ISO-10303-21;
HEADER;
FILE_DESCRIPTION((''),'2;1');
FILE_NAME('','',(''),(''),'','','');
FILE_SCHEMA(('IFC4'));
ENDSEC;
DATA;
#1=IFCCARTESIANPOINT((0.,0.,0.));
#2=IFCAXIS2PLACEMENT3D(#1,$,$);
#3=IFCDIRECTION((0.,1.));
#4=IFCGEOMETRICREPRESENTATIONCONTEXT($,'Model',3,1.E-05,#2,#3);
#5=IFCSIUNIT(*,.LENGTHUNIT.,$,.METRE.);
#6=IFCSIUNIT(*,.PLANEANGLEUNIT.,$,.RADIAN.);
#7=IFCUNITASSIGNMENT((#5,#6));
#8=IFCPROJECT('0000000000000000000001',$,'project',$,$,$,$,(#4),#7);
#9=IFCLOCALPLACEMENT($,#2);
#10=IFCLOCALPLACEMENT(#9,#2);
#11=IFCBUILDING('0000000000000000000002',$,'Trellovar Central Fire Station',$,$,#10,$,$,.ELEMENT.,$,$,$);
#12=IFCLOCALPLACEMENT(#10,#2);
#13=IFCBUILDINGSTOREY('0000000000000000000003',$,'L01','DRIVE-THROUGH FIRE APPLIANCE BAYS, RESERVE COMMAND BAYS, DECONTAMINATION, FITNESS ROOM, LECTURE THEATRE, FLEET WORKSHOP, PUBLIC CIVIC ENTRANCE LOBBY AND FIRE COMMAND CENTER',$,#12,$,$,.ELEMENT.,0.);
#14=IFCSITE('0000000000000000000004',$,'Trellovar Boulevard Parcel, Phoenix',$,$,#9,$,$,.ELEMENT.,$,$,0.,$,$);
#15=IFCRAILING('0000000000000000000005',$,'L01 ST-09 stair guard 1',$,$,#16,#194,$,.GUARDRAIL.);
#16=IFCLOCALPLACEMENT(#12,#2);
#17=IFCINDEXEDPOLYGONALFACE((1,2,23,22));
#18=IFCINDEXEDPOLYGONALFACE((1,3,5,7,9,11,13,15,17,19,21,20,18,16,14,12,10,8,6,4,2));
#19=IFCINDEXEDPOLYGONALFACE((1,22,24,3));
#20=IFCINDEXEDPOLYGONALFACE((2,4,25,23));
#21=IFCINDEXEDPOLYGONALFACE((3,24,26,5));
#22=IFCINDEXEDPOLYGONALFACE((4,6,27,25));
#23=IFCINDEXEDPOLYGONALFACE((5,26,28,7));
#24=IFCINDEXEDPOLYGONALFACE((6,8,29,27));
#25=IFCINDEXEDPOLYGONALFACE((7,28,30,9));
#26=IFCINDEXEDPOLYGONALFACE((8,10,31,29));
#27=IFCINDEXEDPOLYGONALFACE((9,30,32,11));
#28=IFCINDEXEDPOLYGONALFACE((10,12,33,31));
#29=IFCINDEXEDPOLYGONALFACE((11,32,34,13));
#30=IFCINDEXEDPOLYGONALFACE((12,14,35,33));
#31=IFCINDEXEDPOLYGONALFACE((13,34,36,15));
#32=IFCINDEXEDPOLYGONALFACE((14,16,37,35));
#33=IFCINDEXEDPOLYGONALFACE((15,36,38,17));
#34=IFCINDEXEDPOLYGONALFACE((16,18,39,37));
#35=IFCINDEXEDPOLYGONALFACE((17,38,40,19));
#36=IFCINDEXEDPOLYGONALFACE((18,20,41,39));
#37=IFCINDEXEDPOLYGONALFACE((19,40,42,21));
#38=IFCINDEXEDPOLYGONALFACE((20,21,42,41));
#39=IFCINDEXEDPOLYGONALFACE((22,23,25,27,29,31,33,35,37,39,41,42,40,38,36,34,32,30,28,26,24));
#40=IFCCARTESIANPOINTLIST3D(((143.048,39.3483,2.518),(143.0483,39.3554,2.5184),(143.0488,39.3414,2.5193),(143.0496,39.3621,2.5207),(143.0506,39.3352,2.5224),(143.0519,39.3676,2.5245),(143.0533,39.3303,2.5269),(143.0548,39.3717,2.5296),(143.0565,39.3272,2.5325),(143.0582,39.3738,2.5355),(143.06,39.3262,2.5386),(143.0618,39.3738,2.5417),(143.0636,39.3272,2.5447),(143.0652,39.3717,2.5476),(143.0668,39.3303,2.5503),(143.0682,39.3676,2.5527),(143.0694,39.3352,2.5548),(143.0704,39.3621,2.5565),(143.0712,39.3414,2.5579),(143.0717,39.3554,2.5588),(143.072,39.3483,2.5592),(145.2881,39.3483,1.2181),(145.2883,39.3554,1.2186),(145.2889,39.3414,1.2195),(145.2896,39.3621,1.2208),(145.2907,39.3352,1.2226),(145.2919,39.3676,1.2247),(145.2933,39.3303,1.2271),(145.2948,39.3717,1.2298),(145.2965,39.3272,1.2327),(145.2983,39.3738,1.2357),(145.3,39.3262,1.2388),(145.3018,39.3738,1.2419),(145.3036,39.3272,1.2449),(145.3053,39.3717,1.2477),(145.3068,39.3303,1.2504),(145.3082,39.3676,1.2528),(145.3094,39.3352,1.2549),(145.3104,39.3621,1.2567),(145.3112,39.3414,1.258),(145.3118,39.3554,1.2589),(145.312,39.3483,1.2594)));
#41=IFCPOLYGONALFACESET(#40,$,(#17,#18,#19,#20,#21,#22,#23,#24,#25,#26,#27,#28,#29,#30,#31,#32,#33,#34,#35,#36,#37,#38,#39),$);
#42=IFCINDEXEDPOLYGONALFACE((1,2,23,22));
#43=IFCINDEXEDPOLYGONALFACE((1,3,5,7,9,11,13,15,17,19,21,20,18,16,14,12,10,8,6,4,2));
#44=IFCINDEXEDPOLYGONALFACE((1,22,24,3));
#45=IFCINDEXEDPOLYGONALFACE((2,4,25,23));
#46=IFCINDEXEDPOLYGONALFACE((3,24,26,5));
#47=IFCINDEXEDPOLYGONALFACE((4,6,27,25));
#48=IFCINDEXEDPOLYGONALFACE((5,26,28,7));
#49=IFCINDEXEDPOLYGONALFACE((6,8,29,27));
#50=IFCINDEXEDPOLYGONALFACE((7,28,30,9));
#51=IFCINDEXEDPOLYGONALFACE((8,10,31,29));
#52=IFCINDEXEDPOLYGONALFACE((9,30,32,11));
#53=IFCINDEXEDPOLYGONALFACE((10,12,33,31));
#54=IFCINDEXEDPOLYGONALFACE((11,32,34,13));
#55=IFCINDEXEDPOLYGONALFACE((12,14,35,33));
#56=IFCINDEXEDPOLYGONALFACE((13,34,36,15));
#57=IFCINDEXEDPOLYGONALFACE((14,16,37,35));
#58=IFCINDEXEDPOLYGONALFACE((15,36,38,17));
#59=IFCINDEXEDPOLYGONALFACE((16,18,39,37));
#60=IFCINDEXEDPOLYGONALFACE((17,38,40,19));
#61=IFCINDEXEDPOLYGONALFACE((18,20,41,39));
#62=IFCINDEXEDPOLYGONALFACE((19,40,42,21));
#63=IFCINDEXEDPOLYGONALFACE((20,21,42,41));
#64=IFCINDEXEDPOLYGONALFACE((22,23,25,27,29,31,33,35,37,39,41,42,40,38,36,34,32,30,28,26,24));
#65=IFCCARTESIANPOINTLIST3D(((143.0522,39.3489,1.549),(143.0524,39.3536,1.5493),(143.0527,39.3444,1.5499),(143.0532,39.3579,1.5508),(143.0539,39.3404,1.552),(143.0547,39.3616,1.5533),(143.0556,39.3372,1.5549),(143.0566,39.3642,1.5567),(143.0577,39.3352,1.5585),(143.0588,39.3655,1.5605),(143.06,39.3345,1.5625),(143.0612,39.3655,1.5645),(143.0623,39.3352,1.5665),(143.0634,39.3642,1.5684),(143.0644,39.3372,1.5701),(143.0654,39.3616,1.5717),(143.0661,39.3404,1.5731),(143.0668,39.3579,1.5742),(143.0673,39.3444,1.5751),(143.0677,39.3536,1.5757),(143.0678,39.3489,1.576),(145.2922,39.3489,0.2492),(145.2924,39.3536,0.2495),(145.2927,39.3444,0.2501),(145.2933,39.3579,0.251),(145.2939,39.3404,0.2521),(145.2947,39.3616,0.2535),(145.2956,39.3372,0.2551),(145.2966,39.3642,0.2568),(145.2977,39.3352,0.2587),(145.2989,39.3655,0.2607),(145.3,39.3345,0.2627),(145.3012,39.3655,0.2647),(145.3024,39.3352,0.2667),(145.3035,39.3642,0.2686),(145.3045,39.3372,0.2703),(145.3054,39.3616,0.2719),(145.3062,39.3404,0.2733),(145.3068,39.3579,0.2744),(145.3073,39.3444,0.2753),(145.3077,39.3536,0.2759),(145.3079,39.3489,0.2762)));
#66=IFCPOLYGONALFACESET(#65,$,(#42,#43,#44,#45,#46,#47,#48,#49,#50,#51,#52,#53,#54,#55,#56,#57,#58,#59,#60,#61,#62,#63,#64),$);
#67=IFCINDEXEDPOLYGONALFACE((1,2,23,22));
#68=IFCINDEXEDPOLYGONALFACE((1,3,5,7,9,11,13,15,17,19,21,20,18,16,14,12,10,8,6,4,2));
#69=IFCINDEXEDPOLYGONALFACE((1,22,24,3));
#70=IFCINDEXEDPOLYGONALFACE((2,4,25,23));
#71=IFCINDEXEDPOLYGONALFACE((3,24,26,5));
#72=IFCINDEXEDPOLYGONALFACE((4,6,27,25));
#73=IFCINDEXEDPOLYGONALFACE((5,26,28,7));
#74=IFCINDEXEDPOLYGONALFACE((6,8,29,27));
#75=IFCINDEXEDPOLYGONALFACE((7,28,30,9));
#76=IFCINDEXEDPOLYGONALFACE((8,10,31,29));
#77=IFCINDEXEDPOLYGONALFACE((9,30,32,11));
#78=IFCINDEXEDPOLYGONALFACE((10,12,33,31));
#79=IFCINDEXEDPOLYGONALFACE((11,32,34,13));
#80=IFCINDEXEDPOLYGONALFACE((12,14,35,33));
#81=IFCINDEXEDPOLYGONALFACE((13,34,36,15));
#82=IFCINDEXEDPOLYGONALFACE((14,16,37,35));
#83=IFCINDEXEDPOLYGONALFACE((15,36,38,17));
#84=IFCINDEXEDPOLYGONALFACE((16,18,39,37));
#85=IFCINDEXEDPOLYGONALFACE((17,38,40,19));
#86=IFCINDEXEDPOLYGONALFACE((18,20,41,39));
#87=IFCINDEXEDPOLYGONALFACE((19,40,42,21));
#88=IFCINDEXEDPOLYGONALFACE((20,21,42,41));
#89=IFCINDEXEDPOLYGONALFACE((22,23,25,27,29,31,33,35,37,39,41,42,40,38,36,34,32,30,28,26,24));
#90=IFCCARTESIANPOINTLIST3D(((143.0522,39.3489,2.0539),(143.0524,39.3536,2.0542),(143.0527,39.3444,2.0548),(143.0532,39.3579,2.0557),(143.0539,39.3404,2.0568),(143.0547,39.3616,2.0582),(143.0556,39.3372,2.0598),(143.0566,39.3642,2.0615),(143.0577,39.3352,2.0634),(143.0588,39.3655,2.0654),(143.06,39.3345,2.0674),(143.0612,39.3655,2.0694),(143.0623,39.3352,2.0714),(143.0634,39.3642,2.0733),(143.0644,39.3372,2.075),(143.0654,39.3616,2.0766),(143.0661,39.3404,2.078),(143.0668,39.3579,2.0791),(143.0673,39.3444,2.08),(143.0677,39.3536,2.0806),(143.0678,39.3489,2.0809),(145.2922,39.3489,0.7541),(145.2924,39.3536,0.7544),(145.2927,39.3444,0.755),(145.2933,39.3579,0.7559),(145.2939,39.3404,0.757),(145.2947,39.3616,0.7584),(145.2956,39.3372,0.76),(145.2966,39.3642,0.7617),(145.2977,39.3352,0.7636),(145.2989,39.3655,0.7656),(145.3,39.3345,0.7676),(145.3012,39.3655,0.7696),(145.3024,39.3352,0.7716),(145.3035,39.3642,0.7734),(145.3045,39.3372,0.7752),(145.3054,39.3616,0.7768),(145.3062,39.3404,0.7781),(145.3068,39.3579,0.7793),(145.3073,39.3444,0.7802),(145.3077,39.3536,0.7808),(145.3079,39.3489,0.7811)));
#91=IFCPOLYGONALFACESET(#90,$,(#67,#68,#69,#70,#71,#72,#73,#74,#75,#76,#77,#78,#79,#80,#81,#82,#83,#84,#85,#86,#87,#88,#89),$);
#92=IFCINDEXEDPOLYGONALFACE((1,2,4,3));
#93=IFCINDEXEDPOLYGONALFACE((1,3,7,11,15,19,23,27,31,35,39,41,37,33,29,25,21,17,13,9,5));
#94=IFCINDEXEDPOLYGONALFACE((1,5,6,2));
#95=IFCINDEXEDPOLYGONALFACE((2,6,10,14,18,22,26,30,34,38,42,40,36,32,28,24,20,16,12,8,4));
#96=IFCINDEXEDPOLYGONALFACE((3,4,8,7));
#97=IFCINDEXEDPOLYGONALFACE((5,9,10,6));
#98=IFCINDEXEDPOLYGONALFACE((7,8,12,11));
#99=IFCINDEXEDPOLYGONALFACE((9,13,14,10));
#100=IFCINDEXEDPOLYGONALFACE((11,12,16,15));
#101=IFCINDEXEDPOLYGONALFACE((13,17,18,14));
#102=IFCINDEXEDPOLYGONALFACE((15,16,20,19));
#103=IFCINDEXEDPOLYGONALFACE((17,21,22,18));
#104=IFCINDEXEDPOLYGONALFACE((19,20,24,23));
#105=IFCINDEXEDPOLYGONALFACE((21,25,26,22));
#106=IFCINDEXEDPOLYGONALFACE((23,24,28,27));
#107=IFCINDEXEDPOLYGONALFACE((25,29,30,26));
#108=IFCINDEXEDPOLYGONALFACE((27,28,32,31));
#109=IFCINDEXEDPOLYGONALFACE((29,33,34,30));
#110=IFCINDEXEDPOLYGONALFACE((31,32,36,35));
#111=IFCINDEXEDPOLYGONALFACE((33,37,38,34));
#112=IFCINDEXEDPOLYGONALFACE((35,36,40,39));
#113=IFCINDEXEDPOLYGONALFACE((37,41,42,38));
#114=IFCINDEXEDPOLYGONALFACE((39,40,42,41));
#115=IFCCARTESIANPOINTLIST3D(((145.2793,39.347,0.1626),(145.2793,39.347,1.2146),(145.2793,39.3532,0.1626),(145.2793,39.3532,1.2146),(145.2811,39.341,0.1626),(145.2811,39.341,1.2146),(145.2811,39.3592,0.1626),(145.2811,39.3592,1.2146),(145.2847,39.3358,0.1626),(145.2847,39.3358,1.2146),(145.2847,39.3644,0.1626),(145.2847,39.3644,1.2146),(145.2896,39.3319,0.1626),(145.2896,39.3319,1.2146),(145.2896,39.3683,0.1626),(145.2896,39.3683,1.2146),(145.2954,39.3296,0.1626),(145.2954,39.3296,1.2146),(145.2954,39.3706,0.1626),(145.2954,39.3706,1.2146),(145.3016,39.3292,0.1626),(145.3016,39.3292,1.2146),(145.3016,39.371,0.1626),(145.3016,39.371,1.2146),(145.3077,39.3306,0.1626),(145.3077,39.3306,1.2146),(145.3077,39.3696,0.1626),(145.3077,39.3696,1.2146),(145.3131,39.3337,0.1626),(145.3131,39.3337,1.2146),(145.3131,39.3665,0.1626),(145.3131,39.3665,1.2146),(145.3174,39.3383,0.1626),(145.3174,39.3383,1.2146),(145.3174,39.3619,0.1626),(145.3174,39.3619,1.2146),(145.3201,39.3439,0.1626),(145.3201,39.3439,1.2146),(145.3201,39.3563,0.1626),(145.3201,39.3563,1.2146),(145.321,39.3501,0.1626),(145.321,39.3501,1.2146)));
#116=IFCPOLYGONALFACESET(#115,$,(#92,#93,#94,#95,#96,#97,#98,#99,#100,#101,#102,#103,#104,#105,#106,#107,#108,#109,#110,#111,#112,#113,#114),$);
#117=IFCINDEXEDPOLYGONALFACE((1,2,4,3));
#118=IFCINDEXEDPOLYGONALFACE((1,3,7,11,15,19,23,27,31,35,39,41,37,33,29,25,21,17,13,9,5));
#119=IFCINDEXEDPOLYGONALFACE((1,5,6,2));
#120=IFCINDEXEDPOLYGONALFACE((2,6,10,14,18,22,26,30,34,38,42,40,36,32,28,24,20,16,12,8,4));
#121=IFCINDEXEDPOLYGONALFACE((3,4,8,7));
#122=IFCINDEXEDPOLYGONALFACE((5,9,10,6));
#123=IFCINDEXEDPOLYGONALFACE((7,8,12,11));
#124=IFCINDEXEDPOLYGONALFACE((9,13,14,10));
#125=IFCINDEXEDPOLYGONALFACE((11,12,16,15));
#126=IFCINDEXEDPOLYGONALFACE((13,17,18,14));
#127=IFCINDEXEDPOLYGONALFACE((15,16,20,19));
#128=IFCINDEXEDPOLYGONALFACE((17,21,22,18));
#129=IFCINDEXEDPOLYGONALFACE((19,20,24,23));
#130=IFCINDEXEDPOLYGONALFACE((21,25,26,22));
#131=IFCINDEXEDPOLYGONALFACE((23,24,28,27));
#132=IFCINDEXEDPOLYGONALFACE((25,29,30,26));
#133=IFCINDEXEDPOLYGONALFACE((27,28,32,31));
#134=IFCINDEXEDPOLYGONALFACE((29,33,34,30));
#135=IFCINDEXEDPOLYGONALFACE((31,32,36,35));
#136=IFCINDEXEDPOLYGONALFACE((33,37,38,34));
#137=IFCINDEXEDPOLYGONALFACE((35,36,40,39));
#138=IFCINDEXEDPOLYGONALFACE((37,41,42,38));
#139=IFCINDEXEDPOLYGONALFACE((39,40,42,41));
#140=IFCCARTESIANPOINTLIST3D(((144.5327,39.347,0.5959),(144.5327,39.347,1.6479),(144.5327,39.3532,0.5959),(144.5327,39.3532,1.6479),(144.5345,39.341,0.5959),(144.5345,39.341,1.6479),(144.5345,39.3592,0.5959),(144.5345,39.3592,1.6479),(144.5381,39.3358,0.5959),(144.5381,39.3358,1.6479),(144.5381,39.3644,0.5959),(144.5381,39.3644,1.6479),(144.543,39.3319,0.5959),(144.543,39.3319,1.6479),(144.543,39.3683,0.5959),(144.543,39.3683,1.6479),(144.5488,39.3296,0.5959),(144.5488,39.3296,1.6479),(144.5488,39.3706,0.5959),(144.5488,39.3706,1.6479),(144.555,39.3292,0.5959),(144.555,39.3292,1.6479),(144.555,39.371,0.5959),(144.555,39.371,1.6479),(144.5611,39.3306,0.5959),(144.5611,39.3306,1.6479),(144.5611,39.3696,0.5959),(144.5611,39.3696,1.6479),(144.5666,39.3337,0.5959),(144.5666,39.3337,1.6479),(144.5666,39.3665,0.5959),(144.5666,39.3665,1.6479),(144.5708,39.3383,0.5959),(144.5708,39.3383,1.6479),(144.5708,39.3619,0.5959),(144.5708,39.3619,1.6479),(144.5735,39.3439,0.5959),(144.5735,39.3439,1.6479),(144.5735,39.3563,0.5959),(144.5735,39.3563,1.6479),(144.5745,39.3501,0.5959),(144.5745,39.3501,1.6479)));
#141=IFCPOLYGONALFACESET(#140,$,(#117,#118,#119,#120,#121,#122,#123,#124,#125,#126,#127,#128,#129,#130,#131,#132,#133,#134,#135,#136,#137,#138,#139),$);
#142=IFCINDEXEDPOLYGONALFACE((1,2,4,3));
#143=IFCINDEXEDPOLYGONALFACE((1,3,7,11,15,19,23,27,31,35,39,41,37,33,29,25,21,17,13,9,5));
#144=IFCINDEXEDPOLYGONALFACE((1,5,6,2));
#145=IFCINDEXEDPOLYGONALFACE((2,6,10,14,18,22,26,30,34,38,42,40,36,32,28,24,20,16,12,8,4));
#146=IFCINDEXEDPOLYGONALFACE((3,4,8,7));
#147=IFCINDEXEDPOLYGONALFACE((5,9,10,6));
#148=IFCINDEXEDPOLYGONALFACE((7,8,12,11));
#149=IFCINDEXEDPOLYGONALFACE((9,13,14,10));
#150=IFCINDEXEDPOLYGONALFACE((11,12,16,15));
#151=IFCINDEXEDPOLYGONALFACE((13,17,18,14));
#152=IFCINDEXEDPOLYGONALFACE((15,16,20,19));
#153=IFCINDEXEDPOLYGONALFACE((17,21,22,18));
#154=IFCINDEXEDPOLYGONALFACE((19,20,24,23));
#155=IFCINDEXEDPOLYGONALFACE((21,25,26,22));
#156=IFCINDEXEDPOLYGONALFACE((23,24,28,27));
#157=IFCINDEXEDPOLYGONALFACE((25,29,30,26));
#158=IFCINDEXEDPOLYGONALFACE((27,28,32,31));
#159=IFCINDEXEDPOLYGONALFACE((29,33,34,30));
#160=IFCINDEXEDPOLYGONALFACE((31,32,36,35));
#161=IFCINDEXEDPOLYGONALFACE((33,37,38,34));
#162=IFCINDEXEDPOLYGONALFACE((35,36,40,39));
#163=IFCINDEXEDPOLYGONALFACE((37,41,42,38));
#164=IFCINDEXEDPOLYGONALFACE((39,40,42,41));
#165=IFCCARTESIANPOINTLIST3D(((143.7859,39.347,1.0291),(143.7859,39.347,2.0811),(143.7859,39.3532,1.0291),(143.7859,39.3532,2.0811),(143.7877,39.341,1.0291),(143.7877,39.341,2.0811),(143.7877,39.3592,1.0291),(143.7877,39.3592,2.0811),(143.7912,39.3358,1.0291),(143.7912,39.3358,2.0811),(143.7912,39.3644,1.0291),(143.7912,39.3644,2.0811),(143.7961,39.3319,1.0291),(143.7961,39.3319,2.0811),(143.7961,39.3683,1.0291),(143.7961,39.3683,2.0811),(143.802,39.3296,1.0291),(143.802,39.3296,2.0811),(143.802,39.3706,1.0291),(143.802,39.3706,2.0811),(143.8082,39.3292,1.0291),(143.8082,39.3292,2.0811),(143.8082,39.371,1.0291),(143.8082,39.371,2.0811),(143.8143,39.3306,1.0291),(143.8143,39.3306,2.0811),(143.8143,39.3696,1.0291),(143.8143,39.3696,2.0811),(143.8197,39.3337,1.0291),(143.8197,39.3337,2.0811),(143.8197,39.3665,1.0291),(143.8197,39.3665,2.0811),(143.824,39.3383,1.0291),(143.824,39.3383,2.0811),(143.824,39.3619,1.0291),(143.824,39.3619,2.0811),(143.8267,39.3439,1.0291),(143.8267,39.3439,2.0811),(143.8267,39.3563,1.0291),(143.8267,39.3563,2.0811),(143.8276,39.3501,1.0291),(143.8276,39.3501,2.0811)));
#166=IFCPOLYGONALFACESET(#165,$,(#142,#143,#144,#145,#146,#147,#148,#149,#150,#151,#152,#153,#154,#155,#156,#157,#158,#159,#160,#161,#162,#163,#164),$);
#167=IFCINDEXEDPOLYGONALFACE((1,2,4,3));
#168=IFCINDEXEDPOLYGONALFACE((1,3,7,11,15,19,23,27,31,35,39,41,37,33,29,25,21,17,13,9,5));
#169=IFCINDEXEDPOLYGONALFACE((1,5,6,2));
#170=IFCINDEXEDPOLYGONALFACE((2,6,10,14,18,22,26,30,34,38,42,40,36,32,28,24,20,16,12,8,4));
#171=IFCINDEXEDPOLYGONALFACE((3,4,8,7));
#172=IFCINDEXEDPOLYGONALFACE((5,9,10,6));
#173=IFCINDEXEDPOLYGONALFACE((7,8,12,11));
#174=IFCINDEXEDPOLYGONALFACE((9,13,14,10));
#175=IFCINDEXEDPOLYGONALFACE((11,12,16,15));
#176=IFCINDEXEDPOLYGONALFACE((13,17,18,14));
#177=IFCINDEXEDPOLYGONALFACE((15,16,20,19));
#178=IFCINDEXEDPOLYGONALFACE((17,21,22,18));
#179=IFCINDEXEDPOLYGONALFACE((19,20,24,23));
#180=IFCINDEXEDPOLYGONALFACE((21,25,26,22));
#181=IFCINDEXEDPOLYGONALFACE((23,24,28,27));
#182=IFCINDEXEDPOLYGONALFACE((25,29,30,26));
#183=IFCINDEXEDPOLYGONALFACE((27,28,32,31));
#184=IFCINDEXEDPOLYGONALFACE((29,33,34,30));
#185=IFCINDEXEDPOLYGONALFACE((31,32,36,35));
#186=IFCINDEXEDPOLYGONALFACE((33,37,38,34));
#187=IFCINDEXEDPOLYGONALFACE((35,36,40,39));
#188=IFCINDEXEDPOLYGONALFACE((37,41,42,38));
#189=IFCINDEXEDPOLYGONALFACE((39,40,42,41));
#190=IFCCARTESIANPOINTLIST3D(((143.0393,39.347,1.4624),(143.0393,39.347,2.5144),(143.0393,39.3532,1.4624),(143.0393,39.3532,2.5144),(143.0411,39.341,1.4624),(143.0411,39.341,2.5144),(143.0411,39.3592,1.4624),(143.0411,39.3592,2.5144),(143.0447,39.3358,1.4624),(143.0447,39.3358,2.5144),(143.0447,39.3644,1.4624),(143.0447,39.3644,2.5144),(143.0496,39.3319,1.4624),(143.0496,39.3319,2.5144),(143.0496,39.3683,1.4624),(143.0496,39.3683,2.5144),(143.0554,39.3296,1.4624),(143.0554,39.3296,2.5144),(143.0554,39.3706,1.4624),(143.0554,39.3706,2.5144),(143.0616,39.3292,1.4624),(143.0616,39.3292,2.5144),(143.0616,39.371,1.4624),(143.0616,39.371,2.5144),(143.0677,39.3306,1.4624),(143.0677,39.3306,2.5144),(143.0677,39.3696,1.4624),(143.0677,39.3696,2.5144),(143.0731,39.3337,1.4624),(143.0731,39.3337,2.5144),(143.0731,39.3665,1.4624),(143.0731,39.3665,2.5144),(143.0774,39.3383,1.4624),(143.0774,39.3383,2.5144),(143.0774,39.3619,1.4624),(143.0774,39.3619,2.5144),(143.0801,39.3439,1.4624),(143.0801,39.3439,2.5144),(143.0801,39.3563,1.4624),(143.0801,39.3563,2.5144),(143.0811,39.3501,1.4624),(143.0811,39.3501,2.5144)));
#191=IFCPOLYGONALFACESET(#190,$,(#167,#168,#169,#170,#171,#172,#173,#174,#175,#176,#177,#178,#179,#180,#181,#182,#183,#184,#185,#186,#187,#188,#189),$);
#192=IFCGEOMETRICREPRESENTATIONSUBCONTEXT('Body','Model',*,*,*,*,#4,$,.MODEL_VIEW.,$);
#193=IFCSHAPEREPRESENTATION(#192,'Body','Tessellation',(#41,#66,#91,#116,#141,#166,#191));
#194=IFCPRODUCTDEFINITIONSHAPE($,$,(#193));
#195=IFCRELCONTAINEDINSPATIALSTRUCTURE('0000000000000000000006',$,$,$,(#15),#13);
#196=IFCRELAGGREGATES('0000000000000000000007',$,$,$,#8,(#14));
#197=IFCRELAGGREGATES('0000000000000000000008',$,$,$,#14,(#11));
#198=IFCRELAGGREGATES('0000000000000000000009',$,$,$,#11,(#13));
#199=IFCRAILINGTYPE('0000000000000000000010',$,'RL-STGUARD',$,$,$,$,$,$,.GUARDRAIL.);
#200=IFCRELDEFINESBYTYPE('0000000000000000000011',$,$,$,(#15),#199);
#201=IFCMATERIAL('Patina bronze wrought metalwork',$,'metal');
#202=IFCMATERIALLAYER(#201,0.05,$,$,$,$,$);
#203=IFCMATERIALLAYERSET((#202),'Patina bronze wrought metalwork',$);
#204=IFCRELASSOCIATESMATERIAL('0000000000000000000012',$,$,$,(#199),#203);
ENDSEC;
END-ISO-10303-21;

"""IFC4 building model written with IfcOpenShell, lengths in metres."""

from ifc_helpers import new_model, si_unit, direction, frame, origin, origin_2d, place, context, subcontext, project, spatial, circle, extrude, material, layer, layer_set, type_object, element, save


model = new_model("IFC4")

# Units and contexts
model_context = context("Model", 3, precision=1e-05, world=origin(), true_north=direction((0.0, 1.0)))
body_context = subcontext(model_context, "Body", "Model", "MODEL_VIEW")
ifc_project = project(units=[si_unit("LENGTHUNIT", "METRE"), si_unit("PLANEANGLEUNIT", "RADIAN")], contexts=[model_context])

# Site, building, storey
site_placement = place(None, origin())
site = spatial("IfcSite", under=ifc_project, at=site_placement, Name="Trellovar Boulevard Parcel, Phoenix", CompositionType="ELEMENT", RefElevation=0.0)
building_placement = place(site_placement, origin())
building = spatial("IfcBuilding", under=site, at=building_placement, Name="Trellovar Central Fire Station", CompositionType="ELEMENT")
storey_placement = place(building_placement, origin())
storey = spatial("IfcBuildingStorey", under=building, at=storey_placement, Name="L01", Description="DRIVE-THROUGH FIRE APPLIANCE BAYS, RESERVE COMMAND BAYS, DECONTAMINATION, FITNESS ROOM, LECTURE THEATRE, FLEET WORKSHOP, PUBLIC CIVIC ENTRANCE LOBBY AND FIRE COMMAND CENTER", CompositionType="ELEMENT", Elevation=0.0)

# Railing
ifc_material_1 = material(Name="Patina bronze wrought metalwork", Category="metal")
ifc_layer_1 = layer(ifc_material_1, 0.05)
ifc_layer_set_1 = layer_set([ifc_layer_1], Name="Patina bronze wrought metalwork")
railing_type = type_object("IfcRailingType", Name="RL-STGUARD", PredefinedType="GUARDRAIL", material=ifc_layer_set_1)
railing_1_placement = place(storey_placement, frame((145.3, 39.3501, 0.1626)))
element("IfcRailing", 1, at=railing_1_placement, inside=storey, type_object=railing_type, Name="L01 ST-09 stair guard 1", PredefinedType="GUARDRAIL", context=body_context, shape_type="SweptSolid", body=[
    extrude(circle(Radius=0.0239, at=origin_2d()), frame((0.0, 0.0, 1.0762), z_axis=(-0.864929, 0.0, 0.501894), x_axis=(0.0, -1.0, 0.0)), (0.0, 0.0, 1.0), 2.5898),
    extrude(circle(Radius=0.0156, at=origin_2d()), frame((0.0, 0.0, 0.1001), z_axis=(-0.864929, 0.0, 0.501894), x_axis=(0.0, -1.0, 0.0)), (0.0, 0.0, 1.0), 2.5898),
    extrude(circle(Radius=0.0156, at=origin_2d()), frame((0.0, 0.0, 0.605), z_axis=(-0.864929, 0.0, 0.501894), x_axis=(0.0, -1.0, 0.0)), (0.0, 0.0, 1.0), 2.5898),
    extrude(circle(Radius=0.021, at=origin_2d()), origin(), (0.0, 0.0, 1.0), 1.052),
    extrude(circle(Radius=0.021, at=origin_2d()), frame((-0.7466, 0.0, 0.4333)), (0.0, 0.0, 1.0), 1.052),
    extrude(circle(Radius=0.021, at=origin_2d()), frame((-1.4934, 0.0, 0.8665)), (0.0, 0.0, 1.0), 1.052),
    extrude(circle(Radius=0.021, at=origin_2d()), frame((-2.24, 0.0, 1.2998)), (0.0, 0.0, 1.0), 1.052),
])

save(model, "model.ifc")
